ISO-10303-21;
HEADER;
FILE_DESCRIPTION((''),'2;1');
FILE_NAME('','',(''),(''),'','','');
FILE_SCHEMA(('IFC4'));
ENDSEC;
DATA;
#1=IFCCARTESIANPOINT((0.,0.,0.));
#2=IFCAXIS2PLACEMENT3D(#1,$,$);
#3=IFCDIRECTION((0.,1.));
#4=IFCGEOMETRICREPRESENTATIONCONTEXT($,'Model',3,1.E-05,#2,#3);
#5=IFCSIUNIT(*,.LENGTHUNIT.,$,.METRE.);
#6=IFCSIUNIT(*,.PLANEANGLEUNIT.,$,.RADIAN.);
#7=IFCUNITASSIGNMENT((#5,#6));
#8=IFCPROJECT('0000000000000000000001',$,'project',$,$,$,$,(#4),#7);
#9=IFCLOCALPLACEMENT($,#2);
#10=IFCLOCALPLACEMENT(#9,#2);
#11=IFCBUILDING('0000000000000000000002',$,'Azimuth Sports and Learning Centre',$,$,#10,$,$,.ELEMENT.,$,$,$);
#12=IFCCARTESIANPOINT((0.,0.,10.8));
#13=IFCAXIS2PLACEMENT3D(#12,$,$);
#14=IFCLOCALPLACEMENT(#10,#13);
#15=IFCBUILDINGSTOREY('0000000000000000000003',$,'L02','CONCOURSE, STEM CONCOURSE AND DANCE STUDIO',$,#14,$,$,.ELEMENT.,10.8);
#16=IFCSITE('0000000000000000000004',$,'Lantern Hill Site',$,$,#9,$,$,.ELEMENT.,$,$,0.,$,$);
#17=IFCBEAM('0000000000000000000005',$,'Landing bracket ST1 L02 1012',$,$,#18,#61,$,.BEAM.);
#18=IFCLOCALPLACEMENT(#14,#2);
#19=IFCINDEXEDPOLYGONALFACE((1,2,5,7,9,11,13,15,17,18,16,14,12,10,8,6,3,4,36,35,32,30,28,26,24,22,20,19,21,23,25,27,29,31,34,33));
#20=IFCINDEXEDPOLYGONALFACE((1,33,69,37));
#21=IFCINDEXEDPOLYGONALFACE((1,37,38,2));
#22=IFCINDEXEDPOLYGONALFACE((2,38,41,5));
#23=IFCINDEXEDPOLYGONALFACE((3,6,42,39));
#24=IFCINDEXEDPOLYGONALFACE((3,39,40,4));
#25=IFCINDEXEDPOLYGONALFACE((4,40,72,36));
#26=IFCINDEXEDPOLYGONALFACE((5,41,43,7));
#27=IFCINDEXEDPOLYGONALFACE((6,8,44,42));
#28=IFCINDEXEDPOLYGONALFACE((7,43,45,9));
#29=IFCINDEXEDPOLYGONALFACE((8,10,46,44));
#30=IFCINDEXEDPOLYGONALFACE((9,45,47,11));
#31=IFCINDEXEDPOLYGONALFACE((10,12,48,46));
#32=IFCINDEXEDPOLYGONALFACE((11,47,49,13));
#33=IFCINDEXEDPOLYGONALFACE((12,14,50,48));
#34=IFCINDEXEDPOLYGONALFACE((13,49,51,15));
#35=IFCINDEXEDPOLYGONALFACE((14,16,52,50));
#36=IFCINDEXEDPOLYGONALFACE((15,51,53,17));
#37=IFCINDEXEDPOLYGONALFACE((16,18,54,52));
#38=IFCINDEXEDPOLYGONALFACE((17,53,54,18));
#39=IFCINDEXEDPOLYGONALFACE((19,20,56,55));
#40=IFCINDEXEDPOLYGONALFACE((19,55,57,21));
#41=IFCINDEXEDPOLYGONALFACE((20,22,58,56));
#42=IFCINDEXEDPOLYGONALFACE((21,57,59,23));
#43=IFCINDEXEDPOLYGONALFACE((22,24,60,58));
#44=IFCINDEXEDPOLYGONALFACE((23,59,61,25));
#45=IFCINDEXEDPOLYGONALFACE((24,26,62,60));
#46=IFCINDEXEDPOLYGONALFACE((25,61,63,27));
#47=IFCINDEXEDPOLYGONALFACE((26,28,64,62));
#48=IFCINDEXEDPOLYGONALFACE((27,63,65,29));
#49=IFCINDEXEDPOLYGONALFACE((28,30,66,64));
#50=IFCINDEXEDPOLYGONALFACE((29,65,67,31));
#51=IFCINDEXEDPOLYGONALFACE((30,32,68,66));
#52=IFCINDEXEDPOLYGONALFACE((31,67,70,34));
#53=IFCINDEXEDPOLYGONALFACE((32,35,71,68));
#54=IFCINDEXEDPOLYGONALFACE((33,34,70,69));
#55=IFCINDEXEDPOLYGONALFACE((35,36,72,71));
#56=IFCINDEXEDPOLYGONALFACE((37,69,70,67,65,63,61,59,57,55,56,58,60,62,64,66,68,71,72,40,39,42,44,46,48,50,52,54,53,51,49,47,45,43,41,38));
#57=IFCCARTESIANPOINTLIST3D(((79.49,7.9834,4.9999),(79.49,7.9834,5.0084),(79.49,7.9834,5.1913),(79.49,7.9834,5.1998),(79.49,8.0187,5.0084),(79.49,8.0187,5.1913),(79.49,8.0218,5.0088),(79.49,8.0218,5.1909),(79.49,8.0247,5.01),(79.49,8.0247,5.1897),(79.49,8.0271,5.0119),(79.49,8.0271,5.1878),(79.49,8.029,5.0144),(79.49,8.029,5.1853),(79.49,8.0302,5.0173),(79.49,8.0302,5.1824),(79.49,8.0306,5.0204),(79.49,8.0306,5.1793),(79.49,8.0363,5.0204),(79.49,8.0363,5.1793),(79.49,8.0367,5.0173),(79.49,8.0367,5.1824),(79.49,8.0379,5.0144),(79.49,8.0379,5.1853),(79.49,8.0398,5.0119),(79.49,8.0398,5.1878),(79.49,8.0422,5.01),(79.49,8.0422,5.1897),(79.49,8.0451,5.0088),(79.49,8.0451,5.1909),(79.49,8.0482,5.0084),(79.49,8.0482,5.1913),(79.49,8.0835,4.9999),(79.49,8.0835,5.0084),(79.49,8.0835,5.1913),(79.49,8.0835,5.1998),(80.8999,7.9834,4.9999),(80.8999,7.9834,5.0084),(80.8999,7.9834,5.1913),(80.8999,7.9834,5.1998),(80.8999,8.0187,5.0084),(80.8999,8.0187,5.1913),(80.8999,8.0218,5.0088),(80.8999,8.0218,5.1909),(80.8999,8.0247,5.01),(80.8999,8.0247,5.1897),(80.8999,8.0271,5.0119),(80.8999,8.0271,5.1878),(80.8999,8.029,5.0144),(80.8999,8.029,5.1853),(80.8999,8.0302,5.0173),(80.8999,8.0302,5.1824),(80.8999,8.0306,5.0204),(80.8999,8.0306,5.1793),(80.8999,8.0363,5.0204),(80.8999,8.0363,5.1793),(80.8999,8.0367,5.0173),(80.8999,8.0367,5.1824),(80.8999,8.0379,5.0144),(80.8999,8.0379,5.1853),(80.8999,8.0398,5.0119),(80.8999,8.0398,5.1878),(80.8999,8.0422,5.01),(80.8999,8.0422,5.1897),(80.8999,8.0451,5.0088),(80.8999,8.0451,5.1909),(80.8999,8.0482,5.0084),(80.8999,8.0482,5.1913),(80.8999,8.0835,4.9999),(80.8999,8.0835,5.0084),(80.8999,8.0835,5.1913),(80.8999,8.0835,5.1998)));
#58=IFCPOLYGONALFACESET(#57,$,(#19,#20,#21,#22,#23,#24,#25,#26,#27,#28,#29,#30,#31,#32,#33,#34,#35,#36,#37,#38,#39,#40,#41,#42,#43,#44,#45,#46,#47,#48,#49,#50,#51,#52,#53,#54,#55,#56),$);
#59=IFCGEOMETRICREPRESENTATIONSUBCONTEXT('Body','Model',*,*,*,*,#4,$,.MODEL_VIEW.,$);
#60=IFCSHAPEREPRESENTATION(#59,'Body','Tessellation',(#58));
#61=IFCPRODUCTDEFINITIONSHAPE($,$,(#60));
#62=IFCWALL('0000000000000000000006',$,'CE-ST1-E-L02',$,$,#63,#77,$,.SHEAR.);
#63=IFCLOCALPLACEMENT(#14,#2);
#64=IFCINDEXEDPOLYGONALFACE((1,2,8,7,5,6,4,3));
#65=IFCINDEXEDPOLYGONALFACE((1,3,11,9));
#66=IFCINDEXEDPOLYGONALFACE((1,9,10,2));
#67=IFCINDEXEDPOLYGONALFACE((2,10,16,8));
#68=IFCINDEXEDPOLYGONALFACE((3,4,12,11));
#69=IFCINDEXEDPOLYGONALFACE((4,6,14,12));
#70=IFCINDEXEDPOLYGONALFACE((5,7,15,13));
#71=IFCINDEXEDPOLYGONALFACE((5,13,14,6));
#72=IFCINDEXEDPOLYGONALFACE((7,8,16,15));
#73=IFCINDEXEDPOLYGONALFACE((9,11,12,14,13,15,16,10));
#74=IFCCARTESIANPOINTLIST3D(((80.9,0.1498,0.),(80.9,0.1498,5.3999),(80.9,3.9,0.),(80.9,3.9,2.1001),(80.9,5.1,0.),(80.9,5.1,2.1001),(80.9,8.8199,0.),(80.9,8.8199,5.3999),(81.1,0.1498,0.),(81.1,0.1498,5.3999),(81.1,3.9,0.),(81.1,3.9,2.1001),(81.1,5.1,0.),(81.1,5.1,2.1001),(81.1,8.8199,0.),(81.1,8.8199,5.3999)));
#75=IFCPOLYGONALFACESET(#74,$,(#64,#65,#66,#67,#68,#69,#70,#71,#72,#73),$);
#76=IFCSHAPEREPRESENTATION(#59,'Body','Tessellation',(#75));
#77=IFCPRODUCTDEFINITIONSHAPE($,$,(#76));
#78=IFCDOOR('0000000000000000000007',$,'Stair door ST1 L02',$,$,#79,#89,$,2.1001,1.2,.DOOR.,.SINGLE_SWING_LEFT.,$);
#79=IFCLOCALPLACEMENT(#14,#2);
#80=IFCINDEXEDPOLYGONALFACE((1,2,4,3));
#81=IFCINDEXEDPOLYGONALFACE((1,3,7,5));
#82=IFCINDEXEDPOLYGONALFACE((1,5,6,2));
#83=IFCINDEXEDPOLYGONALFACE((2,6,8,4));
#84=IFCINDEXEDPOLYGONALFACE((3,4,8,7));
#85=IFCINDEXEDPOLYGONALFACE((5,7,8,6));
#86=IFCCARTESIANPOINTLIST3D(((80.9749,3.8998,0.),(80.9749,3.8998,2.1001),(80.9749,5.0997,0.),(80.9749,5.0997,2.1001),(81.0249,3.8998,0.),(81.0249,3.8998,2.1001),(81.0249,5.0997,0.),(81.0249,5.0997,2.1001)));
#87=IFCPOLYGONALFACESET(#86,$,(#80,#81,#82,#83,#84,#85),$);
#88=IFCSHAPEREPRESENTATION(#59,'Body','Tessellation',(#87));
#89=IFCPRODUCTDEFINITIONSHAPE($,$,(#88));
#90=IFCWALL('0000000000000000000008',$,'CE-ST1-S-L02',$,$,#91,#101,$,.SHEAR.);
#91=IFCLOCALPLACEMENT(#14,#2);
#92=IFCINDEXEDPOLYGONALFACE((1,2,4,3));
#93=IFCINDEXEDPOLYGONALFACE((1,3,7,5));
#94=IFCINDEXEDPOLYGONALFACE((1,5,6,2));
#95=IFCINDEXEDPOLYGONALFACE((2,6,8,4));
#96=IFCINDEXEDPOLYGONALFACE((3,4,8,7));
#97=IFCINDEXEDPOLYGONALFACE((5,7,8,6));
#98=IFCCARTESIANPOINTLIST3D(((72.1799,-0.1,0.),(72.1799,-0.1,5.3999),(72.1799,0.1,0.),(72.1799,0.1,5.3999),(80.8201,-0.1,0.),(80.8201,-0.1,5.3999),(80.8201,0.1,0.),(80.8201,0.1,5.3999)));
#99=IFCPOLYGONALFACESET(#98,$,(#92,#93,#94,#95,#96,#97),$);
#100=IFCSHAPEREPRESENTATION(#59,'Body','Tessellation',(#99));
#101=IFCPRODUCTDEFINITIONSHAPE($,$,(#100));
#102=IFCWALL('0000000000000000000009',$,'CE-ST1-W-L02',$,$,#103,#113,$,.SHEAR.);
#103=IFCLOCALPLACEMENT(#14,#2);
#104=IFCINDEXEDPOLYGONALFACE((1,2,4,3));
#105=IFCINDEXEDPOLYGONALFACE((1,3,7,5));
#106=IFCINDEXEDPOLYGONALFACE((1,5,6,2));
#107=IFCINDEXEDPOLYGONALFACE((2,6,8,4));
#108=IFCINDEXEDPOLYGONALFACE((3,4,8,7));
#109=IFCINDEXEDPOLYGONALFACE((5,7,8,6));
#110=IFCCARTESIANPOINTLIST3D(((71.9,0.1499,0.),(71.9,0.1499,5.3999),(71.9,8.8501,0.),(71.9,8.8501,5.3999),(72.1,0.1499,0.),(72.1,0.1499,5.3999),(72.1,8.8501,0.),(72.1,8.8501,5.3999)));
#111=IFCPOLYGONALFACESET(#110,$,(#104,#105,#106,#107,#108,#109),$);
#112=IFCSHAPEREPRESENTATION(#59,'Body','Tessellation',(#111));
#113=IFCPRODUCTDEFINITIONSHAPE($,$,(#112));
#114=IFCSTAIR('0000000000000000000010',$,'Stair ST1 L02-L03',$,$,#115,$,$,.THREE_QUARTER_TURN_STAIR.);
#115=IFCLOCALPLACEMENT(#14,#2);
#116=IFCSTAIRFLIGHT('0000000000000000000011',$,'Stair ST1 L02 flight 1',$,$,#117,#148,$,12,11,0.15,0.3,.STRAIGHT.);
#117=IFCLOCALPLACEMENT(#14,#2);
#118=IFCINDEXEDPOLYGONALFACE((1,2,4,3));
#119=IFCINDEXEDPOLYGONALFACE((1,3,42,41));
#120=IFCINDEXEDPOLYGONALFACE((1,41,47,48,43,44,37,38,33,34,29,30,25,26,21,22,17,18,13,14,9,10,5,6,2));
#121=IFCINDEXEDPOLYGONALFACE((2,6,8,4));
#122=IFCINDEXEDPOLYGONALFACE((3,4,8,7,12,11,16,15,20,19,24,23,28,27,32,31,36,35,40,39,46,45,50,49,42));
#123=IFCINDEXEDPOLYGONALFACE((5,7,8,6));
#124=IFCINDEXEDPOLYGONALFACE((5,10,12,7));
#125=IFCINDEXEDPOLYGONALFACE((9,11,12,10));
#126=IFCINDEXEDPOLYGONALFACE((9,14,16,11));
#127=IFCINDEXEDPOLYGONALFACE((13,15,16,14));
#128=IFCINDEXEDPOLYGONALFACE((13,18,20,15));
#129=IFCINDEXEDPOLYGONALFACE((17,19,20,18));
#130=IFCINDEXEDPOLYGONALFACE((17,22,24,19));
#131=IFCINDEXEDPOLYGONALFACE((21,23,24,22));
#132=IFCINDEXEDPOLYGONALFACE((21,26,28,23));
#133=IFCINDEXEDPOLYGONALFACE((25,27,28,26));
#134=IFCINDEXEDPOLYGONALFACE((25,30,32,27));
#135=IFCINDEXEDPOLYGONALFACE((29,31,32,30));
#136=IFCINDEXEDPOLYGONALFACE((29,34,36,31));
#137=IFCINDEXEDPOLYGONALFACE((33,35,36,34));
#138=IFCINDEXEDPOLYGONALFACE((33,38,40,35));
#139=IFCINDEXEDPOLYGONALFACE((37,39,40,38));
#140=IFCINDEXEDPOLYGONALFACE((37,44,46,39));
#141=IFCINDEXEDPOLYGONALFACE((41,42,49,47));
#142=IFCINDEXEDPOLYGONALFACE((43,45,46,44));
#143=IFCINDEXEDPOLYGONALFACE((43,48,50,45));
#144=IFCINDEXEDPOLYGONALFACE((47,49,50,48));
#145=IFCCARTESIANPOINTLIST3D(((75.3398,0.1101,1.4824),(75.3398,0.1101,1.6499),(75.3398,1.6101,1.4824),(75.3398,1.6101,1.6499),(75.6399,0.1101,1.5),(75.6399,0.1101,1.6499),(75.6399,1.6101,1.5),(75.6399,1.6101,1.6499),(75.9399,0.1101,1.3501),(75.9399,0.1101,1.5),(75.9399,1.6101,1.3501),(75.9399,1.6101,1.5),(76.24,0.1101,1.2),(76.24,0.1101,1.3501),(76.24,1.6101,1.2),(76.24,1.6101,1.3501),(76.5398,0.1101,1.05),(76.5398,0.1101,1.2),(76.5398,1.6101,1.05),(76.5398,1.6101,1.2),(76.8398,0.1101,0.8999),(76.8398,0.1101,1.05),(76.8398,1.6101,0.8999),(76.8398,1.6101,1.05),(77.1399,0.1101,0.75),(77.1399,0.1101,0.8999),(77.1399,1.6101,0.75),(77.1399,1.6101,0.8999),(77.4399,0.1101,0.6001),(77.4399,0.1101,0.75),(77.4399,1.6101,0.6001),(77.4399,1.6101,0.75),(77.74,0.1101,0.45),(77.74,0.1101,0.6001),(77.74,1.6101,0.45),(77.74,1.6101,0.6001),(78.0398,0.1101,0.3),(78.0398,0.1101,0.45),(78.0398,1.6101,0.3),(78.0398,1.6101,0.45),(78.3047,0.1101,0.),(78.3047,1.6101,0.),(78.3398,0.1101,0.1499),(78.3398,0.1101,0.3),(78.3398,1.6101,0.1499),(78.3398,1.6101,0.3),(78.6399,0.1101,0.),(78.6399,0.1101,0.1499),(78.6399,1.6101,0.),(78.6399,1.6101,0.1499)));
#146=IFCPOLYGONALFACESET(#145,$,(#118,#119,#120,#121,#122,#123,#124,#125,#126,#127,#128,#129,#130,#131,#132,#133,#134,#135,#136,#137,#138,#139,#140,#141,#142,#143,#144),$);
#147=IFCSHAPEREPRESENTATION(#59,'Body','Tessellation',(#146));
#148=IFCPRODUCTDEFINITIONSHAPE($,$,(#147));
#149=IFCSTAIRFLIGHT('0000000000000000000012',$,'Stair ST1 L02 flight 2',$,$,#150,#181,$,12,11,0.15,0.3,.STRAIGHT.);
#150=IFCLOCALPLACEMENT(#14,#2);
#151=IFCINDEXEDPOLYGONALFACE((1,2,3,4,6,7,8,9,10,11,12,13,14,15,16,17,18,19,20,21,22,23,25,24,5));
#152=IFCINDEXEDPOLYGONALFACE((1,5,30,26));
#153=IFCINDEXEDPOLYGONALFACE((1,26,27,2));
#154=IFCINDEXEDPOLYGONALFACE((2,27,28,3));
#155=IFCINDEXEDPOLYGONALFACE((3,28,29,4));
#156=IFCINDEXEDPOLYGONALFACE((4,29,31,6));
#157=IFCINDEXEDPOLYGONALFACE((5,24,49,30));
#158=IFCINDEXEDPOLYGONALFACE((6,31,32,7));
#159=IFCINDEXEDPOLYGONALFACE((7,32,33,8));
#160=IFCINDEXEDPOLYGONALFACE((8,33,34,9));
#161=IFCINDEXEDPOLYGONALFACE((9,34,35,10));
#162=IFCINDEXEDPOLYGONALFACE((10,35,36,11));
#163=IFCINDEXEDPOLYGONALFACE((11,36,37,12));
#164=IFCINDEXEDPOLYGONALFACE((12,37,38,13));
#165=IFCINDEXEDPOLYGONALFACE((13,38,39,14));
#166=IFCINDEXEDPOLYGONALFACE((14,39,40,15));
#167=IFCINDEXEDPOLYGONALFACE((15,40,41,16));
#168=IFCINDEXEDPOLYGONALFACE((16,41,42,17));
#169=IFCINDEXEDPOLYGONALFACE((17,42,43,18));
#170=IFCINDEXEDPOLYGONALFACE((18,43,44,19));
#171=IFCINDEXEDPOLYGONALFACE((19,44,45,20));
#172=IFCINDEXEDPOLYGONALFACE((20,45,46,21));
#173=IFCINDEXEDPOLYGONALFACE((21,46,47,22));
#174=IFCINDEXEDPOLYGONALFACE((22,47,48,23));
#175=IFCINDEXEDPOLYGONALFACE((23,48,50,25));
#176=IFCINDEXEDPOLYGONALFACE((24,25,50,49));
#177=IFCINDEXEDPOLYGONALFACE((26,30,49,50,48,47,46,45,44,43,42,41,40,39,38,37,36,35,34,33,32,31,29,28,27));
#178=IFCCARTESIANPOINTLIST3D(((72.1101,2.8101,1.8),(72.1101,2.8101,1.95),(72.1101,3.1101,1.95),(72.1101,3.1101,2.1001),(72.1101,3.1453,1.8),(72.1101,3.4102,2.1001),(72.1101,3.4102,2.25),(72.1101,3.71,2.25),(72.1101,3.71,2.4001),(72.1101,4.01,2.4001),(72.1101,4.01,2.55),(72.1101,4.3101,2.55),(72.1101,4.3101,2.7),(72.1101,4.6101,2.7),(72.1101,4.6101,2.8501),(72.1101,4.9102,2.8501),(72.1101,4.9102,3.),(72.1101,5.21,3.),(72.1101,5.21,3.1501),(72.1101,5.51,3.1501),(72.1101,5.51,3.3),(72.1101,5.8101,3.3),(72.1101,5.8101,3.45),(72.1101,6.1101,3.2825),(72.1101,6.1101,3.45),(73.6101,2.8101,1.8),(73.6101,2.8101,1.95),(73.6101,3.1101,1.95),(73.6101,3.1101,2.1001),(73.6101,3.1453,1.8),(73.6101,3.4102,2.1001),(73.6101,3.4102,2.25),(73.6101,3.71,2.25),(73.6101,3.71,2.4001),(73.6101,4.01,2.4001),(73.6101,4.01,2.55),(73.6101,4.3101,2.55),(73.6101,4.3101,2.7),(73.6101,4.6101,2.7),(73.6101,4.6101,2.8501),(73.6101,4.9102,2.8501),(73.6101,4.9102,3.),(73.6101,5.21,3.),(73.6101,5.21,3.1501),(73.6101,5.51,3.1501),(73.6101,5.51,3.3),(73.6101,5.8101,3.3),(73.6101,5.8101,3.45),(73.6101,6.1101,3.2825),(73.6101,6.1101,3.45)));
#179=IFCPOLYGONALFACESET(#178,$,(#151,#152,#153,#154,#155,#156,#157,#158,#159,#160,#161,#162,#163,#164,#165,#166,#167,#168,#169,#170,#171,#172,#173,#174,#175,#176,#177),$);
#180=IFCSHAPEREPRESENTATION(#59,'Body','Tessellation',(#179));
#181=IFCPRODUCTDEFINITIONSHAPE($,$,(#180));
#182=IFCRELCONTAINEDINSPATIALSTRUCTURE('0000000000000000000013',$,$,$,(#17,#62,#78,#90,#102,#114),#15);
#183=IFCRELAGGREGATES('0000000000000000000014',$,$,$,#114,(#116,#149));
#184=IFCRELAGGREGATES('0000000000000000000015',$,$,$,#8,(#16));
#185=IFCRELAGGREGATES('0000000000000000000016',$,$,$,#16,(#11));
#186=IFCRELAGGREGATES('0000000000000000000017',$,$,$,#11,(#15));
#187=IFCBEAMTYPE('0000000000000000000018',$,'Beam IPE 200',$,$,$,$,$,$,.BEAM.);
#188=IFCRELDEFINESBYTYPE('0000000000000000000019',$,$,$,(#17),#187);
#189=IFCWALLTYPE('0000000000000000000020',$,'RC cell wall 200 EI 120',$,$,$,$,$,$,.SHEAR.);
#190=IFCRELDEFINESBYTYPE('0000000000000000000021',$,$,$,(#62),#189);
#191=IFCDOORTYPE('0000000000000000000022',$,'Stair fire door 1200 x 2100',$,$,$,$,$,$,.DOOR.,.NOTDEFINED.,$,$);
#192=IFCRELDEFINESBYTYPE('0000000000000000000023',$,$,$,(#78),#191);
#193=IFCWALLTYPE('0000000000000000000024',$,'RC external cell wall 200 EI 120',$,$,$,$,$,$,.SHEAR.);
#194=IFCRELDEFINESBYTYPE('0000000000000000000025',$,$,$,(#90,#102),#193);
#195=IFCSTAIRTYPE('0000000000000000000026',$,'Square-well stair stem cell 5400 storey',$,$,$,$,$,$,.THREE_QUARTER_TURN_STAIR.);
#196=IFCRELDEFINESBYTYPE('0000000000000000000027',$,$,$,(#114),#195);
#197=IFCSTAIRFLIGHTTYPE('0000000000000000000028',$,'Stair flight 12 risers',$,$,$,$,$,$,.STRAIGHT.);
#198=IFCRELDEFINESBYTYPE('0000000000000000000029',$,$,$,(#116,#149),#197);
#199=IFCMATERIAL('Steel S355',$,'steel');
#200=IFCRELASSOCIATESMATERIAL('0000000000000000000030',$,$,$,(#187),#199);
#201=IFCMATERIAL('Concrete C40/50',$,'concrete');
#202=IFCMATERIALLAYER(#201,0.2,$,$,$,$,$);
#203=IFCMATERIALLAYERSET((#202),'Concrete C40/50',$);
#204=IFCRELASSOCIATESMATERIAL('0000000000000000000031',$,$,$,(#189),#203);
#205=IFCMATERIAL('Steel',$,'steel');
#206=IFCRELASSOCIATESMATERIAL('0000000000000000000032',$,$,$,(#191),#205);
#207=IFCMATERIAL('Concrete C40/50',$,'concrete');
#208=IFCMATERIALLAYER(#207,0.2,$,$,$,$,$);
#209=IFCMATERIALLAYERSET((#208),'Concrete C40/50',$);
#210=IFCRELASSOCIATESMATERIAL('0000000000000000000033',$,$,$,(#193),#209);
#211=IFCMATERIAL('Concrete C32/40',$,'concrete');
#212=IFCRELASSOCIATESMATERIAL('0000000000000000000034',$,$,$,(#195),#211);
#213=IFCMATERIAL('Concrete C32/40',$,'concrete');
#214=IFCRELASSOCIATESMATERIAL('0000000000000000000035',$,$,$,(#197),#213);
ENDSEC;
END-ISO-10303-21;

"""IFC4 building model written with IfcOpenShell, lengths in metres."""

from ifc_helpers import new_model, si_unit, direction, frame, frame_2d, origin, origin_2d, place, context, subcontext, project, spatial, polyline, rectangle, i_section, outline, extrude, material, layer, layer_set, material_profile, profile_set, type_object, element, fill, aggregate, save


model = new_model("IFC4")

# Units and contexts
model_context = context("Model", 3, precision=1e-05, world=origin(), true_north=direction((0.0, 1.0)))
body_context = subcontext(model_context, "Body", "Model", "MODEL_VIEW")
ifc_project = project(units=[si_unit("LENGTHUNIT", "METRE"), si_unit("PLANEANGLEUNIT", "RADIAN")], contexts=[model_context])

# Site, building, storey
site_placement = place(None, origin())
site = spatial("IfcSite", under=ifc_project, at=site_placement, Name="Lantern Hill Site", CompositionType="ELEMENT", RefElevation=0.0)
building_placement = place(site_placement, origin())
building = spatial("IfcBuilding", under=site, at=building_placement, Name="Azimuth Sports and Learning Centre", CompositionType="ELEMENT")
storey_placement = place(building_placement, frame((0.0, 0.0, 10.8)))
storey = spatial("IfcBuildingStorey", under=building, at=storey_placement, Name="L02", Description="CONCOURSE, STEM CONCOURSE AND DANCE STUDIO", CompositionType="ELEMENT", Elevation=10.8)

# Beam
ifc_material_1 = material(Name="Steel S355", Category="steel")
ifc_material_profile_1 = material_profile(ifc_material_1, i_section(OverallWidth=0.1001, OverallDepth=0.2, WebThickness=0.0056, FlangeThickness=0.0085, FilletRadius=0.012, at=origin_2d()), Name="IPE 200")
ifc_profile_set_1 = profile_set([ifc_material_profile_1], Name="Steel S355")
beam_type = type_object("IfcBeamType", Name="Beam IPE 200", PredefinedType="BEAM", material=ifc_profile_set_1)
for number, where, z_axis, x_axis, name in (
    (1, (80.8999, 8.0334, 5.0999), (-1.0, 0.0, 0.0), (0.0, -1.0, 0.0), "Landing bracket ST1 L02 1012"),
):
    element("IfcBeam", number, at=place(storey_placement, frame(where, z_axis=z_axis, x_axis=x_axis)), inside=storey, type_object=beam_type, Name=name, PredefinedType="BEAM", context=body_context, shape_type="SweptSolid", body=[
        extrude(i_section(OverallWidth=0.1001, OverallDepth=0.2, WebThickness=0.0056, FlangeThickness=0.0085, FilletRadius=0.012, at=origin_2d()), origin(), (0.0, 0.0, 1.0), 1.4099),
    ])

# Wall, opening, door
ifc_material_2 = material(Name="Concrete C40/50", Category="concrete")
ifc_layer_1 = layer(ifc_material_2, 0.2)
ifc_layer_set_1 = layer_set([ifc_layer_1], Name="Concrete C40/50")
wall_type_1 = type_object("IfcWallType", Name="RC cell wall 200 EI 120", PredefinedType="SHEAR", material=ifc_layer_set_1)
wall_1_placement = place(storey_placement, frame((81.0, 0.1499, 0.0), z_axis=(0.0, 0.0, 1.0), x_axis=(0.0, 1.0, 0.0)))
wall_1 = element("IfcWall", 2, at=wall_1_placement, inside=storey, type_object=wall_type_1, Name="CE-ST1-E-L02", PredefinedType="SHEAR", context=body_context, shape_type="SweptSolid", body=[
    extrude(rectangle(XDim=8.6702, YDim=0.2, at=frame_2d((4.335, 0.0))), origin(), (0.0, 0.0, 1.0), 5.3999),
])
opening_placement = place(wall_1_placement, frame((3.75, 0.0, 0.0)))
opening = element("IfcOpeningElement", 3, at=opening_placement, cuts=wall_1, PredefinedType="OPENING", context=body_context, shape_type="SweptSolid", body=[
    extrude(rectangle(XDim=1.2, YDim=2.1001, at=frame_2d((0.6001, 1.05))), frame((0.0, 0.1108, 0.0), z_axis=(0.0, -1.0, 0.0), x_axis=(1.0, 0.0, 0.0)), (0.0, 0.0, 1.0), 0.2219),
])
ifc_material_3 = material(Name="Steel", Category="steel")
door_type = type_object("IfcDoorType", Name="Stair fire door 1200 x 2100", OperationType="NOTDEFINED", PredefinedType="DOOR", material=ifc_material_3)
door_placement = place(opening_placement, frame((1.2, 0.0, 0.0), z_axis=(0.0, 0.0, 1.0), x_axis=(-1.0, 0.0, 0.0)))
door = element("IfcDoor", 4, at=door_placement, inside=storey, type_object=door_type, Name="Stair door ST1 L02", OperationType="SINGLE_SWING_LEFT", OverallHeight=2.1001, OverallWidth=1.2, PredefinedType="DOOR", context=body_context, shape_type="SweptSolid", body=[
    extrude(rectangle(XDim=1.2, YDim=2.1001, at=frame_2d((0.6001, 1.05))), frame((0.0, 0.0249, 0.0), z_axis=(0.0, -1.0, 0.0), x_axis=(1.0, 0.0, 0.0)), (0.0, 0.0, 1.0), 0.05),
])
fill(opening, door)

# Walls
ifc_material_4 = material(Name="Concrete C40/50", Category="concrete")
ifc_layer_2 = layer(ifc_material_4, 0.2)
ifc_layer_set_2 = layer_set([ifc_layer_2], Name="Concrete C40/50")
wall_type_2 = type_object("IfcWallType", Name="RC external cell wall 200 EI 120", PredefinedType="SHEAR", material=ifc_layer_set_2)
wall_2_placement = place(storey_placement, frame((72.1799, 0.0, 0.0), z_axis=(0.0, 0.0, 1.0), x_axis=(1.0, 0.0, 0.0)))
element("IfcWall", 5, at=wall_2_placement, inside=storey, type_object=wall_type_2, Name="CE-ST1-S-L02", PredefinedType="SHEAR", context=body_context, shape_type="SweptSolid", body=[
    extrude(rectangle(XDim=8.6401, YDim=0.2, at=frame_2d((4.3201, 0.0))), origin(), (0.0, 0.0, 1.0), 5.3999),
])
wall_3_placement = place(storey_placement, frame((72.0, 0.1499, 0.0), z_axis=(0.0, 0.0, 1.0), x_axis=(0.0, 1.0, 0.0)))
element("IfcWall", 6, at=wall_3_placement, inside=storey, type_object=wall_type_2, Name="CE-ST1-W-L02", PredefinedType="SHEAR", context=body_context, shape_type="SweptSolid", body=[
    extrude(rectangle(XDim=8.7002, YDim=0.2, at=frame_2d((4.3501, 0.0))), origin(), (0.0, 0.0, 1.0), 5.3999),
])

# Stair, stair flights
ifc_material_5 = material(Name="Concrete C32/40", Category="concrete")
stair_type = type_object("IfcStairType", Name="Square-well stair stem cell 5400 storey", PredefinedType="THREE_QUARTER_TURN_STAIR", material=ifc_material_5)
stair_placement = place(storey_placement, origin())
stair = element("IfcStair", 7, at=stair_placement, inside=storey, type_object=stair_type, Name="Stair ST1 L02-L03", PredefinedType="THREE_QUARTER_TURN_STAIR")
ifc_material_6 = material(Name="Concrete C32/40", Category="concrete")
stair_flight_type = type_object("IfcStairFlightType", Name="Stair flight 12 risers", PredefinedType="STRAIGHT", material=ifc_material_6)
stair_flight_1_placement = place(storey_placement, frame((78.6399, 0.8601, 0.0), z_axis=(0.0, 0.0, 1.0), x_axis=(-1.0, 0.0, 0.0)))
stair_flight_1 = element("IfcStairFlight", 8, at=stair_flight_1_placement, type_object=stair_flight_type, Name="Stair ST1 L02 flight 1", NumberOfRisers=12, NumberOfTreads=11, PredefinedType="STRAIGHT", RiserHeight=0.15, TreadLength=0.3, context=body_context, shape_type="SweptSolid", body=[
    extrude(outline(polyline([(0.0, 0.0), (0.0, 0.1499), (0.3, 0.1499), (0.3, 0.3), (0.6001, 0.3), (0.6001, 0.45), (0.8999, 0.45), (0.8999, 0.6001), (1.2, 0.6001), (1.2, 0.75), (1.5, 0.75), (1.5, 0.8999), (1.8, 0.8999), (1.8, 1.05), (2.1001, 1.05), (2.1001, 1.2), (2.3999, 1.2), (2.3999, 1.3501), (2.7, 1.3501), (2.7, 1.5), (3.0, 1.5), (3.0, 1.6499), (3.3, 1.6499), (3.3, 1.8), (3.3, 1.4824), (0.3352, 0.0), (0.0, 0.0)])), frame((0.0, 0.75, 0.0), z_axis=(0.0, -1.0, 0.0), x_axis=(1.0, 0.0, 0.0)), (0.0, 0.0, 1.0), 1.5),
])
stair_flight_2_placement = place(storey_placement, frame((72.8601, 2.8101, 1.8), z_axis=(0.0, 0.0, 1.0), x_axis=(0.0, 1.0, 0.0)))
stair_flight_2 = element("IfcStairFlight", 9, at=stair_flight_2_placement, type_object=stair_flight_type, Name="Stair ST1 L02 flight 2", NumberOfRisers=12, NumberOfTreads=11, PredefinedType="STRAIGHT", RiserHeight=0.15, TreadLength=0.3, context=body_context, shape_type="SweptSolid", body=[
    extrude(outline(polyline([(0.0, 0.0), (0.0, 0.1499), (0.3, 0.1499), (0.3, 0.3), (0.6001, 0.3), (0.6001, 0.45), (0.8999, 0.45), (0.8999, 0.6001), (1.2, 0.6001), (1.2, 0.75), (1.5, 0.75), (1.5, 0.8999), (1.8, 0.8999), (1.8, 1.05), (2.1001, 1.05), (2.1001, 1.2), (2.3999, 1.2), (2.3999, 1.3501), (2.7, 1.3501), (2.7, 1.5), (3.0, 1.5), (3.0, 1.6499), (3.3, 1.6499), (3.3, 1.8), (3.3, 1.4824), (0.3352, 0.0), (0.0, 0.0)])), frame((0.0, 0.75, 0.0), z_axis=(0.0, -1.0, 0.0), x_axis=(1.0, 0.0, 0.0)), (0.0, 0.0, 1.0), 1.5),
])
aggregate(stair, [stair_flight_1, stair_flight_2])

save(model, "model.ifc")
